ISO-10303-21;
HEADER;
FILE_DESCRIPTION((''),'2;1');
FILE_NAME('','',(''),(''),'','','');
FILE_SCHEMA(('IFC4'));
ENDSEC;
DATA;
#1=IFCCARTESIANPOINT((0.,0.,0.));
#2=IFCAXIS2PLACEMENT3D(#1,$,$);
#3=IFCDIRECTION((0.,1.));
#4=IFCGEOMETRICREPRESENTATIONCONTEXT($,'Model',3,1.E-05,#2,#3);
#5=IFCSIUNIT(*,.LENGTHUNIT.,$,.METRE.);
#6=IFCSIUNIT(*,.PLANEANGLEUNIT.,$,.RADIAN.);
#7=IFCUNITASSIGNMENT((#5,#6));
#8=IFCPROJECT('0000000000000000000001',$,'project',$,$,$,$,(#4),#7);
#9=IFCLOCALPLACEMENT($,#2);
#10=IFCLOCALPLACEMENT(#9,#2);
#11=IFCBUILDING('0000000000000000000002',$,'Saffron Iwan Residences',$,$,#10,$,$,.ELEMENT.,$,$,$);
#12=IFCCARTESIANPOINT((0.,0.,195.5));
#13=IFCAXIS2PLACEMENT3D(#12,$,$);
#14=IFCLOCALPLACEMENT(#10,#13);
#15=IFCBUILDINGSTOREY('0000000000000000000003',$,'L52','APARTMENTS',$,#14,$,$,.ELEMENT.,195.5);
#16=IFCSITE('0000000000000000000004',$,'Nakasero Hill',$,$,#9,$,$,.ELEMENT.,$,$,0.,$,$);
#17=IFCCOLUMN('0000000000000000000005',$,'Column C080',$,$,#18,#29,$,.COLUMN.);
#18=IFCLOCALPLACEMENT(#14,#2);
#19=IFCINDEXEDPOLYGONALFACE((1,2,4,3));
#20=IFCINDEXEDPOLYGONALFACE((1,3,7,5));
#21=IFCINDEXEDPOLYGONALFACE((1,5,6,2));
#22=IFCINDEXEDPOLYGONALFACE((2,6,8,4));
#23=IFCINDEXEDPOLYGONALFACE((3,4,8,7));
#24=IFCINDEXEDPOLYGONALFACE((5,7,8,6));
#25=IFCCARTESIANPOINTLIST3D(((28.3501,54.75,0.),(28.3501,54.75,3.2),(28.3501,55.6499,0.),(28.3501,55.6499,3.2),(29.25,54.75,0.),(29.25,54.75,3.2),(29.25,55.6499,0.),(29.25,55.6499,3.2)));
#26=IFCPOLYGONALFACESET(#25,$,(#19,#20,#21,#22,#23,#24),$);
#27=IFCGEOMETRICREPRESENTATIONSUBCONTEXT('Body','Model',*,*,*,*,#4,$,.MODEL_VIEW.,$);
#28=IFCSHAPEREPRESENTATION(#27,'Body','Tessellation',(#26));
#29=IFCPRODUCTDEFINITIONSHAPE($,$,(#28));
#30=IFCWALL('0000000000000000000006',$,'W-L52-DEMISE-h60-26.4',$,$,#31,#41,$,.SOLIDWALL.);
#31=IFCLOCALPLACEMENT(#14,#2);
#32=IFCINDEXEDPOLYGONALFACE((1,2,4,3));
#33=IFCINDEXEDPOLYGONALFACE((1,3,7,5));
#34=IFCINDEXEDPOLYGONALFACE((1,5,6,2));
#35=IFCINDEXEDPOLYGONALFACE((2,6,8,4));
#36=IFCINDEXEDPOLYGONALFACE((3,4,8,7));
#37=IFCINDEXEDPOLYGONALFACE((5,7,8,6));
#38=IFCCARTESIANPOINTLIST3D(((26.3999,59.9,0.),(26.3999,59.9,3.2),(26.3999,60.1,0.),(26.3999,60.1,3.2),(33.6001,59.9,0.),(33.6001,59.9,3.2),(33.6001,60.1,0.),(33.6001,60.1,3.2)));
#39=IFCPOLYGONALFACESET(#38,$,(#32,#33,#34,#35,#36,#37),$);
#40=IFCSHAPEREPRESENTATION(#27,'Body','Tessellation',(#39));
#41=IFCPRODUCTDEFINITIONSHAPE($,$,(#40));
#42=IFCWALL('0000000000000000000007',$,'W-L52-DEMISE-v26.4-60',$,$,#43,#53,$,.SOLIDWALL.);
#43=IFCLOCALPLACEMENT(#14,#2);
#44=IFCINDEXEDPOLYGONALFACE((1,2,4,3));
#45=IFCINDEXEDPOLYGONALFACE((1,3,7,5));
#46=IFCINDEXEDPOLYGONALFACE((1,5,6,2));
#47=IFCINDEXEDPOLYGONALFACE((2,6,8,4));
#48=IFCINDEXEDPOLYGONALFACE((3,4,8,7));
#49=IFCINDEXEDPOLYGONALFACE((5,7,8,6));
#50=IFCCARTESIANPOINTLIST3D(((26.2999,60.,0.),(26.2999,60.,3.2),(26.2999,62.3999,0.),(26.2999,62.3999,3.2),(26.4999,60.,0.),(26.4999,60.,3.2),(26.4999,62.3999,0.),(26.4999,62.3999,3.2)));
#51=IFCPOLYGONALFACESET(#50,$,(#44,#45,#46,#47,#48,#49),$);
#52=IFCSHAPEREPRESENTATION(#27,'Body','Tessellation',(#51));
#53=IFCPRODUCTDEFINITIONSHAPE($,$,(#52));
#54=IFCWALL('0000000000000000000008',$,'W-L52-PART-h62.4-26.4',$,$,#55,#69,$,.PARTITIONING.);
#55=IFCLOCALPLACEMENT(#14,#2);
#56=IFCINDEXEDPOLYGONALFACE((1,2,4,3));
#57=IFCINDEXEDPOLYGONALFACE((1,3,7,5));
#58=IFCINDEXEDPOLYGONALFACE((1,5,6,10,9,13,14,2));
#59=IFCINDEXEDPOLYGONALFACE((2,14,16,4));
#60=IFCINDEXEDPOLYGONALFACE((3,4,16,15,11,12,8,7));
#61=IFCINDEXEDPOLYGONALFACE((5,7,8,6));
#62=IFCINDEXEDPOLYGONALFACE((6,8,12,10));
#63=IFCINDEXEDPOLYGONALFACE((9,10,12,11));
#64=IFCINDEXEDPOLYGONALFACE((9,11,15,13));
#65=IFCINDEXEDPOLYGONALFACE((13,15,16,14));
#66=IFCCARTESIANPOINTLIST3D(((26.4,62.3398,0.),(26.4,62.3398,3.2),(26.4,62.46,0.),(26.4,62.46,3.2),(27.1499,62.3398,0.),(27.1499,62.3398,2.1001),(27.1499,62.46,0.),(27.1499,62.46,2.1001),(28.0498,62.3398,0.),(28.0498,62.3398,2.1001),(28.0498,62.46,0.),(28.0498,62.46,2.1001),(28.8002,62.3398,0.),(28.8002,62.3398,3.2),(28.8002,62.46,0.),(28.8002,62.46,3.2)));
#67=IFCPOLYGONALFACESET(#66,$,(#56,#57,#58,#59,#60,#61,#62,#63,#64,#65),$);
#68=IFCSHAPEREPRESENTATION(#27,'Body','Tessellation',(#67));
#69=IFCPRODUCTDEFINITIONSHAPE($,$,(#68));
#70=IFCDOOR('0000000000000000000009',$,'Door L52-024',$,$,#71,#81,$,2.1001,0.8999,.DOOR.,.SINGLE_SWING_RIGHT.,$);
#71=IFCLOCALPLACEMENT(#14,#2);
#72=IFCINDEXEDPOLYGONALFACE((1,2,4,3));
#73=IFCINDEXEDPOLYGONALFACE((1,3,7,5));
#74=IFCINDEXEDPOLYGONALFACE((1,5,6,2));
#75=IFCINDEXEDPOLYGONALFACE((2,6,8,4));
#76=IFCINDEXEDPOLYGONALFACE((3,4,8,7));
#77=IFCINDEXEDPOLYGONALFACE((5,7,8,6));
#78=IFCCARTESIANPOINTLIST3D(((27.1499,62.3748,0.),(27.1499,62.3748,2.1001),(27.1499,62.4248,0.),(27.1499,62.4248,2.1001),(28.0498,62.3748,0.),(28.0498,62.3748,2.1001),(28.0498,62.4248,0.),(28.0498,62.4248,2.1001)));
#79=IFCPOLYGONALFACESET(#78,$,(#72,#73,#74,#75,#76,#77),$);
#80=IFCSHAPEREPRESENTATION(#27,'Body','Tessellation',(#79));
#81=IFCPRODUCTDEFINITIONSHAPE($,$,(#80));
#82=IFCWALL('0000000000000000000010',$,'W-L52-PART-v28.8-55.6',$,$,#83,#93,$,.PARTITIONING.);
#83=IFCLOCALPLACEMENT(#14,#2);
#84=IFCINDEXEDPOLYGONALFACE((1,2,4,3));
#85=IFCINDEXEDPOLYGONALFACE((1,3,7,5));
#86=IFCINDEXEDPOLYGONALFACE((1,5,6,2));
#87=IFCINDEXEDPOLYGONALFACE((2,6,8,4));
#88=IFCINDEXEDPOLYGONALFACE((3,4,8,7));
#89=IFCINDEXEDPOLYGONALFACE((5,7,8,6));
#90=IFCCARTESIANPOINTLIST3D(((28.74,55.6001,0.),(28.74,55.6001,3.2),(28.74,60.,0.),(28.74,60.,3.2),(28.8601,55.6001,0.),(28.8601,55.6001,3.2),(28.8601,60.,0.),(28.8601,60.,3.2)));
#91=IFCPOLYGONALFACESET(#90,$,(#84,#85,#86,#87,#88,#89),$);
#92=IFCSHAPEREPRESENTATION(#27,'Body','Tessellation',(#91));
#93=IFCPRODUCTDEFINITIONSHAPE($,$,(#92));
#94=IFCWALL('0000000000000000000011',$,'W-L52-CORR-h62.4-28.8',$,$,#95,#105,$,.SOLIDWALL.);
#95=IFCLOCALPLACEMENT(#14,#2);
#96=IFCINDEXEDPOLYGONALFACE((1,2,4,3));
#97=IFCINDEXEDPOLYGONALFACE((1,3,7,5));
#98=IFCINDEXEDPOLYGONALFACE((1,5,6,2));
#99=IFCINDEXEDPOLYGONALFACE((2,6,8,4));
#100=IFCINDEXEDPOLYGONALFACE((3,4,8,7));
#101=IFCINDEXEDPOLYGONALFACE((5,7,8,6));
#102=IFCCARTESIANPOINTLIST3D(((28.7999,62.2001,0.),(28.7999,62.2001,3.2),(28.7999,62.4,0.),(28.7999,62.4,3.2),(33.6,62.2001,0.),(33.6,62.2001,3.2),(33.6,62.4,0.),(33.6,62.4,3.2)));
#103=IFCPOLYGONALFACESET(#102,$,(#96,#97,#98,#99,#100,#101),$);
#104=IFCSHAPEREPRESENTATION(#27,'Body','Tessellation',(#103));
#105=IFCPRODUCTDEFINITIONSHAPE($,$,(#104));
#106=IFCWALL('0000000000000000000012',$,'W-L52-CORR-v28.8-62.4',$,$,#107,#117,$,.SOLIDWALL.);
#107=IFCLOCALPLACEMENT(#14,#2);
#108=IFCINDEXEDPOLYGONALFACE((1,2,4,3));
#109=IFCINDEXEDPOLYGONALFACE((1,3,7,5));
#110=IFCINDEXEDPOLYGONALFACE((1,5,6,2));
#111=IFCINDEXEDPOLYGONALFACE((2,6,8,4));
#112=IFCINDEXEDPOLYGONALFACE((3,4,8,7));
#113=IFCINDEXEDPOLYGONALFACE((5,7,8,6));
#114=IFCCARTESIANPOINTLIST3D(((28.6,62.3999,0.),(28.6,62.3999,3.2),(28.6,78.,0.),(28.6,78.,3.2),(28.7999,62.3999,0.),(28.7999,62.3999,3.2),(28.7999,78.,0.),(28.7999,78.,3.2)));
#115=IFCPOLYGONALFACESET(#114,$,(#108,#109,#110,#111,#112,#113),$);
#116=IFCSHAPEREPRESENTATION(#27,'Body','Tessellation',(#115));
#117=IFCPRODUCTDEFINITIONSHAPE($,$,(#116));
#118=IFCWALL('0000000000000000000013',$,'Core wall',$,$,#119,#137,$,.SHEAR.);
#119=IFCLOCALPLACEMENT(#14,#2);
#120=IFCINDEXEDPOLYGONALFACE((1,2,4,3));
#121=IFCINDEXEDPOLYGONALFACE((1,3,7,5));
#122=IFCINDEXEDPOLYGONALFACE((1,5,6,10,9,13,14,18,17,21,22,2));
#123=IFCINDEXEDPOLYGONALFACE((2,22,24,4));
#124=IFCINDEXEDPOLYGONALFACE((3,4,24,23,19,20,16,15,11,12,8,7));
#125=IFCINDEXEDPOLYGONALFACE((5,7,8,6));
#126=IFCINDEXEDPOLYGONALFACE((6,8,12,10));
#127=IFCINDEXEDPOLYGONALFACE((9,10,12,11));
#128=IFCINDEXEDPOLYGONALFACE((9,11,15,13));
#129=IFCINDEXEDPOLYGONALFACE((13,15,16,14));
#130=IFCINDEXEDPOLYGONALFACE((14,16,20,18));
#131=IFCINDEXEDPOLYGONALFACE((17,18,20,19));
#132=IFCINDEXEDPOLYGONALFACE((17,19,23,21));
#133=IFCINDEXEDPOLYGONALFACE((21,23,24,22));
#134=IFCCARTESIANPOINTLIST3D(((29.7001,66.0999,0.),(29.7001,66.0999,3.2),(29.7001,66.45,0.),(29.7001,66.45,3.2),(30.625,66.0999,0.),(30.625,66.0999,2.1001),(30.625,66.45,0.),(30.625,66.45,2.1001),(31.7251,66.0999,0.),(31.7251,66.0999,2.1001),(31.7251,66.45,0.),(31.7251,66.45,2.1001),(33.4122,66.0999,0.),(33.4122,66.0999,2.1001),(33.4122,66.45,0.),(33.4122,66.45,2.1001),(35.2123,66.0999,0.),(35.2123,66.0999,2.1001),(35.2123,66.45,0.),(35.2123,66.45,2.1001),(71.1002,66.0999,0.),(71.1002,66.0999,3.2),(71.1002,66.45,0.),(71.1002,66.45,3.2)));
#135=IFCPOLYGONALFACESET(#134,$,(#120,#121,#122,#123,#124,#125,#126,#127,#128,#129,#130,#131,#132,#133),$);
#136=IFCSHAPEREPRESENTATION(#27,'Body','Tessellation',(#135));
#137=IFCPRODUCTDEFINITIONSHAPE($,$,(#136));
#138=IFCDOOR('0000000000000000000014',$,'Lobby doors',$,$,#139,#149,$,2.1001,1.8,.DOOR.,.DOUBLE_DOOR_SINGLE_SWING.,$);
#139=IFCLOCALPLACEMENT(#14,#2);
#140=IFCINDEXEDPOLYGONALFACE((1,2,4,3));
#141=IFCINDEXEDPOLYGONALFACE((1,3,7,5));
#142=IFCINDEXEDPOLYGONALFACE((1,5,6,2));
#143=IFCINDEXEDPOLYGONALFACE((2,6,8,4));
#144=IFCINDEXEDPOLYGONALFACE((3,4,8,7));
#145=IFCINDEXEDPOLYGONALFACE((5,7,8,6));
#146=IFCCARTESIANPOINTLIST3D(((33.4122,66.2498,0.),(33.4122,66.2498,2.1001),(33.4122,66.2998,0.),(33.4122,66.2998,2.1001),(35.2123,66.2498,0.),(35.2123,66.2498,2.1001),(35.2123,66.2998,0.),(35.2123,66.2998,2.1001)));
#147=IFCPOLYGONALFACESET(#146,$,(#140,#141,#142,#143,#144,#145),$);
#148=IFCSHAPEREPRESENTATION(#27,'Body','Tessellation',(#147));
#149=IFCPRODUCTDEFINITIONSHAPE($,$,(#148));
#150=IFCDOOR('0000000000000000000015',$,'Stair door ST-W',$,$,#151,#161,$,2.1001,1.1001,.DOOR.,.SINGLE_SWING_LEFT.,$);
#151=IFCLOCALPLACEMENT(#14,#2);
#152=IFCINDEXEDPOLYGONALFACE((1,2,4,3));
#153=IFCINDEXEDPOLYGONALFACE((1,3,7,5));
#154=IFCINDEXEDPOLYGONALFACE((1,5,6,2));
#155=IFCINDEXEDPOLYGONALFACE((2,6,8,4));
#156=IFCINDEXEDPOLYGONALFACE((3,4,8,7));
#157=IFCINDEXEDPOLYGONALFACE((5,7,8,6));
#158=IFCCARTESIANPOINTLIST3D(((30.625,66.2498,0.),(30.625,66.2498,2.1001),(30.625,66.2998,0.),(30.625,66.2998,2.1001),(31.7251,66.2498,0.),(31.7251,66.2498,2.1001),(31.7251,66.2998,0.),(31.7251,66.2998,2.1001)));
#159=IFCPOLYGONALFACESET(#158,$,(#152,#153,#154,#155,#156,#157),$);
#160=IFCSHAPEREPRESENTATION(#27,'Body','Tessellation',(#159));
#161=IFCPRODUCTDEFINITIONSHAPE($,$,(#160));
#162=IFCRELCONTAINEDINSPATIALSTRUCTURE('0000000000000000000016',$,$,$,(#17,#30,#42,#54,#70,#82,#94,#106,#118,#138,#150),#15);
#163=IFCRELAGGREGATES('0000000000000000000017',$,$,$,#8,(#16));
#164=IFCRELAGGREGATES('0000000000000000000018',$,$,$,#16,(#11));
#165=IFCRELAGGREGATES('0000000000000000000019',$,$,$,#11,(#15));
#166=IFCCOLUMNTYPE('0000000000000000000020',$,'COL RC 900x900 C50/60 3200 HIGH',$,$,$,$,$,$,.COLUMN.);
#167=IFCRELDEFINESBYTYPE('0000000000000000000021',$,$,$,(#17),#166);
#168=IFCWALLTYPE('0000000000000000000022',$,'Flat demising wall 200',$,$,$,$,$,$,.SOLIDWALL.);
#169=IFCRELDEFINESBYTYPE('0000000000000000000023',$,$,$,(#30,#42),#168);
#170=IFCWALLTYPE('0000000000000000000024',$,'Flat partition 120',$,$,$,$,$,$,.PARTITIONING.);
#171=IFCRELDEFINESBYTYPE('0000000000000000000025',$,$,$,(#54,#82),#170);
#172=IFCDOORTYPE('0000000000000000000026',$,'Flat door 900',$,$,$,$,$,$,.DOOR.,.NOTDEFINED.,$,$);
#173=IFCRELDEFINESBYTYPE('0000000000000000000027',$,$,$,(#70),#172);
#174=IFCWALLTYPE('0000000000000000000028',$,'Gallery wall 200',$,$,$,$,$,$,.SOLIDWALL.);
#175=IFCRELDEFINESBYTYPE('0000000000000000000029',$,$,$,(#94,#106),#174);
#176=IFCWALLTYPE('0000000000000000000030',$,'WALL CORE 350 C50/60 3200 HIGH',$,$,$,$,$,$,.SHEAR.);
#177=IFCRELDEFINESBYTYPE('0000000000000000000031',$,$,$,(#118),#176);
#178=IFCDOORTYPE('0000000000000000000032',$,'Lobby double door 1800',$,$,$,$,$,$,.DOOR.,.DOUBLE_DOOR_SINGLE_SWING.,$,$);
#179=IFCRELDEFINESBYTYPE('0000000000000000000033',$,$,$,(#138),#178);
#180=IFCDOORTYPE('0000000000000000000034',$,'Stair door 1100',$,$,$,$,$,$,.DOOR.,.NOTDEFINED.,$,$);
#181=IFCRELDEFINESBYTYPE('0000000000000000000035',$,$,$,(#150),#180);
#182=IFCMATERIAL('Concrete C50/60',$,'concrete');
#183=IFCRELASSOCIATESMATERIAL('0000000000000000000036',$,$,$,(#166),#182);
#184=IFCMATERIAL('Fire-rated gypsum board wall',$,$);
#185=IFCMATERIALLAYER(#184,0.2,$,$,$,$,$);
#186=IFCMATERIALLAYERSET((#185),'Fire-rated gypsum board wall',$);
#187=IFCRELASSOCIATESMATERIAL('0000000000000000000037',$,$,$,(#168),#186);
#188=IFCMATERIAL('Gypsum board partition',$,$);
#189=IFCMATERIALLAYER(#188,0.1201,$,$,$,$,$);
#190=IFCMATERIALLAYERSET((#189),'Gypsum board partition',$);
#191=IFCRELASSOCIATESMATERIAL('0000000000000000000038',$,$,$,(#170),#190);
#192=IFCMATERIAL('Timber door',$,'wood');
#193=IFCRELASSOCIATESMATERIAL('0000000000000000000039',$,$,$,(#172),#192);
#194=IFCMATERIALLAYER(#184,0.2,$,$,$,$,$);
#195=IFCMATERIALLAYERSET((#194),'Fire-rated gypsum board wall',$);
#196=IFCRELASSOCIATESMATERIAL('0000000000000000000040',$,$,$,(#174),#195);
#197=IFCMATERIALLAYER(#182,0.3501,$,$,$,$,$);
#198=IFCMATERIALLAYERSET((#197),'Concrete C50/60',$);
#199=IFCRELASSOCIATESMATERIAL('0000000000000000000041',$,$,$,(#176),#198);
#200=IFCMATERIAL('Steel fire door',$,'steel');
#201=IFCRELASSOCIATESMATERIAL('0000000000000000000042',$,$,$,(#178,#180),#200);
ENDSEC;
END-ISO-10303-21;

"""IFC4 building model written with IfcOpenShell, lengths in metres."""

from ifc_helpers import new_model, si_unit, direction, frame, frame_2d, origin, origin_2d, place, context, subcontext, project, spatial, rectangle, extrude, source, transform, mapped, material, layer, layer_set, material_profile, profile_set, type_object, element, fill, save


model = new_model("IFC4")

# Units and contexts
model_context = context("Model", 3, precision=1e-05, world=origin(), true_north=direction((0.0, 1.0)))
body_context = subcontext(model_context, "Body", "Model", "MODEL_VIEW")
ifc_project = project(units=[si_unit("LENGTHUNIT", "METRE"), si_unit("PLANEANGLEUNIT", "RADIAN")], contexts=[model_context])

# Site, building, storey
site_placement = place(None, origin())
site = spatial("IfcSite", under=ifc_project, at=site_placement, Name="Nakasero Hill", CompositionType="ELEMENT", RefElevation=0.0)
building_placement = place(site_placement, origin())
building = spatial("IfcBuilding", under=site, at=building_placement, Name="Saffron Iwan Residences", CompositionType="ELEMENT")
storey_placement = place(building_placement, frame((0.0, 0.0, 195.5)))
storey = spatial("IfcBuildingStorey", under=building, at=storey_placement, Name="L52", Description="APARTMENTS", CompositionType="ELEMENT", Elevation=195.5)

# Column
ifc_material_1 = material(Name="Concrete C50/60", Category="concrete")
ifc_material_profile = material_profile(ifc_material_1, rectangle(XDim=0.8999, YDim=0.8999, at=origin_2d()), Name="RC 900x900")
ifc_profile_set = profile_set([ifc_material_profile], Name="Concrete C50/60")
column_type = type_object("IfcColumnType", Name="COL RC 900x900 C50/60 3200 HIGH", PredefinedType="COLUMN", material=ifc_profile_set)
shared_shape = source(origin(), body_context, "Body", "SweptSolid", [
    extrude(rectangle(XDim=0.8999, YDim=0.8999, at=origin_2d()), origin(), (0.0, 0.0, 1.0), 3.2),
])
column_placement = place(storey_placement, frame((28.8, 55.2, 0.0), z_axis=(0.0, 0.0, 1.0), x_axis=(1.0, 0.0, 0.0)))
element("IfcColumn", 1, at=column_placement, inside=storey, type_object=column_type, Name="Column C080", PredefinedType="COLUMN", context=body_context, shape_type="MappedRepresentation", body=[
    mapped(shared_shape, transform((0.0, 0.0, 0.0))),
])

# Walls
ifc_material_2 = material(Name="Fire-rated gypsum board wall")
ifc_layer_1 = layer(ifc_material_2, 0.2)
ifc_layer_set_1 = layer_set([ifc_layer_1], Name="Fire-rated gypsum board wall")
wall_type_1 = type_object("IfcWallType", Name="Flat demising wall 200", PredefinedType="SOLIDWALL", material=ifc_layer_set_1)
wall_1_placement = place(storey_placement, frame((26.3999, 60.0, 0.0), z_axis=(0.0, 0.0, 1.0), x_axis=(1.0, 0.0, 0.0)))
element("IfcWall", 2, at=wall_1_placement, inside=storey, type_object=wall_type_1, Name="W-L52-DEMISE-h60-26.4", PredefinedType="SOLIDWALL", context=body_context, shape_type="SweptSolid", body=[
    extrude(rectangle(XDim=7.2002, YDim=0.2, at=frame_2d((3.6001, 0.0))), origin(), (0.0, 0.0, 1.0), 3.2),
])
wall_2_placement = place(storey_placement, frame((26.3999, 60.0, 0.0), z_axis=(0.0, 0.0, 1.0), x_axis=(0.0, 1.0, 0.0)))
element("IfcWall", 3, at=wall_2_placement, inside=storey, type_object=wall_type_1, Name="W-L52-DEMISE-v26.4-60", PredefinedType="SOLIDWALL", context=body_context, shape_type="SweptSolid", body=[
    extrude(rectangle(XDim=2.3999, YDim=0.2, at=frame_2d((1.2, 0.0))), origin(), (0.0, 0.0, 1.0), 3.2),
])

# Wall, opening, door
ifc_material_3 = material(Name="Gypsum board partition")
ifc_layer_2 = layer(ifc_material_3, 0.1201)
ifc_layer_set_2 = layer_set([ifc_layer_2], Name="Gypsum board partition")
wall_type_2 = type_object("IfcWallType", Name="Flat partition 120", PredefinedType="PARTITIONING", material=ifc_layer_set_2)
wall_3_placement = place(storey_placement, frame((26.3999, 62.3999, 0.0), z_axis=(0.0, 0.0, 1.0), x_axis=(1.0, 0.0, 0.0)))
wall_3 = element("IfcWall", 4, at=wall_3_placement, inside=storey, type_object=wall_type_2, Name="W-L52-PART-h62.4-26.4", PredefinedType="PARTITIONING", context=body_context, shape_type="SweptSolid", body=[
    extrude(rectangle(XDim=2.4001, YDim=0.1201, at=frame_2d((1.2002, 0.0))), origin(), (0.0, 0.0, 1.0), 3.2),
])
opening_1_placement = place(wall_3_placement, frame((0.75, 0.0, 0.0)))
opening_1 = element("IfcOpeningElement", 5, at=opening_1_placement, cuts=wall_3, PredefinedType="OPENING", context=body_context, shape_type="SweptSolid", body=[
    extrude(rectangle(XDim=0.8999, YDim=2.1001, at=frame_2d((0.45, 1.05))), frame((0.0, 0.0701, 0.0), z_axis=(0.0, -1.0, 0.0), x_axis=(1.0, 0.0, 0.0)), (0.0, 0.0, 1.0), 0.1401),
])
ifc_material_4 = material(Name="Timber door", Category="wood")
door_type_1 = type_object("IfcDoorType", Name="Flat door 900", OperationType="NOTDEFINED", PredefinedType="DOOR", material=ifc_material_4)
door_1_placement = place(opening_1_placement, origin())
door_1 = element("IfcDoor", 6, at=door_1_placement, inside=storey, type_object=door_type_1, Name="Door L52-024", OperationType="SINGLE_SWING_RIGHT", OverallHeight=2.1001, OverallWidth=0.8999, PredefinedType="DOOR", context=body_context, shape_type="SweptSolid", body=[
    extrude(rectangle(XDim=0.8999, YDim=2.1001, at=frame_2d((0.45, 1.05))), frame((0.0, 0.0249, 0.0), z_axis=(0.0, -1.0, 0.0), x_axis=(1.0, 0.0, 0.0)), (0.0, 0.0, 1.0), 0.05),
])
fill(opening_1, door_1)

# Walls
wall_4_placement = place(storey_placement, frame((28.8, 55.6001, 0.0), z_axis=(0.0, 0.0, 1.0), x_axis=(0.0, 1.0, 0.0)))
element("IfcWall", 7, at=wall_4_placement, inside=storey, type_object=wall_type_2, Name="W-L52-PART-v28.8-55.6", PredefinedType="PARTITIONING", context=body_context, shape_type="SweptSolid", body=[
    extrude(rectangle(XDim=4.3999, YDim=0.1201, at=frame_2d((2.2, 0.0))), origin(), (0.0, 0.0, 1.0), 3.2),
])
ifc_layer_3 = layer(ifc_material_2, 0.2)
ifc_layer_set_3 = layer_set([ifc_layer_3], Name="Fire-rated gypsum board wall")
wall_type_3 = type_object("IfcWallType", Name="Gallery wall 200", PredefinedType="SOLIDWALL", material=ifc_layer_set_3)
wall_5_placement = place(storey_placement, frame((28.8, 62.3, 0.0), z_axis=(0.0, 0.0, 1.0), x_axis=(1.0, 0.0, 0.0)))
element("IfcWall", 8, at=wall_5_placement, inside=storey, type_object=wall_type_3, Name="W-L52-CORR-h62.4-28.8", PredefinedType="SOLIDWALL", context=body_context, shape_type="SweptSolid", body=[
    extrude(rectangle(XDim=4.8, YDim=0.2, at=frame_2d((2.3999, 0.0))), origin(), (0.0, 0.0, 1.0), 3.2),
])
wall_6_placement = place(storey_placement, frame((28.7, 62.3999, 0.0), z_axis=(0.0, 0.0, 1.0), x_axis=(0.0, 1.0, 0.0)))
element("IfcWall", 9, at=wall_6_placement, inside=storey, type_object=wall_type_3, Name="W-L52-CORR-v28.8-62.4", PredefinedType="SOLIDWALL", context=body_context, shape_type="SweptSolid", body=[
    extrude(rectangle(XDim=15.6001, YDim=0.2, at=frame_2d((7.8, 0.0))), origin(), (0.0, 0.0, 1.0), 3.2),
])

# Wall, openings, doors
ifc_layer_4 = layer(ifc_material_1, 0.3501)
ifc_layer_set_4 = layer_set([ifc_layer_4], Name="Concrete C50/60")
wall_type_4 = type_object("IfcWallType", Name="WALL CORE 350 C50/60 3200 HIGH", PredefinedType="SHEAR", material=ifc_layer_set_4)
wall_7_placement = place(storey_placement, frame((29.7, 66.2749, 0.0), z_axis=(0.0, 0.0, 1.0), x_axis=(1.0, 0.0, 0.0)))
wall_7 = element("IfcWall", 10, at=wall_7_placement, inside=storey, type_object=wall_type_4, Name="Core wall", PredefinedType="SHEAR", context=body_context, shape_type="SweptSolid", body=[
    extrude(rectangle(XDim=41.4001, YDim=0.3501, at=frame_2d((20.7002, 0.0))), origin(), (0.0, 0.0, 1.0), 3.2),
])
opening_2_placement = place(wall_7_placement, frame((0.925, 0.0, 0.0)))
opening_2 = element("IfcOpeningElement", 11, at=opening_2_placement, cuts=wall_7, PredefinedType="OPENING", context=body_context, shape_type="SweptSolid", body=[
    extrude(rectangle(XDim=1.1001, YDim=2.1001, at=frame_2d((0.55, 1.05))), frame((0.0, 0.1851, 0.0), z_axis=(0.0, -1.0, 0.0), x_axis=(1.0, 0.0, 0.0)), (0.0, 0.0, 1.0), 0.3701),
])
opening_3_placement = place(wall_7_placement, frame((3.7124, 0.0, 0.0)))
opening_3 = element("IfcOpeningElement", 12, at=opening_3_placement, cuts=wall_7, PredefinedType="OPENING", context=body_context, shape_type="SweptSolid", body=[
    extrude(rectangle(XDim=1.8, YDim=2.1001, at=frame_2d((0.8999, 1.05))), frame((0.0, 0.1851, 0.0), z_axis=(0.0, -1.0, 0.0), x_axis=(1.0, 0.0, 0.0)), (0.0, 0.0, 1.0), 0.3701),
])
ifc_material_5 = material(Name="Steel fire door", Category="steel")
door_type_2 = type_object("IfcDoorType", Name="Lobby double door 1800", OperationType="DOUBLE_DOOR_SINGLE_SWING", PredefinedType="DOOR", material=ifc_material_5)
door_2_placement = place(opening_3_placement, origin())
door_2 = element("IfcDoor", 13, at=door_2_placement, inside=storey, type_object=door_type_2, Name="Lobby doors", OperationType="DOUBLE_DOOR_SINGLE_SWING", OverallHeight=2.1001, OverallWidth=1.8, PredefinedType="DOOR", context=body_context, shape_type="SweptSolid", body=[
    extrude(rectangle(XDim=1.8, YDim=2.1001, at=frame_2d((0.8999, 1.05))), frame((0.0, 0.0249, 0.0), z_axis=(0.0, -1.0, 0.0), x_axis=(1.0, 0.0, 0.0)), (0.0, 0.0, 1.0), 0.05),
])
fill(opening_3, door_2)
door_type_3 = type_object("IfcDoorType", Name="Stair door 1100", OperationType="NOTDEFINED", PredefinedType="DOOR", material=ifc_material_5)
door_3_placement = place(opening_2_placement, origin())
door_3 = element("IfcDoor", 14, at=door_3_placement, inside=storey, type_object=door_type_3, Name="Stair door ST-W", OperationType="SINGLE_SWING_LEFT", OverallHeight=2.1001, OverallWidth=1.1001, PredefinedType="DOOR", context=body_context, shape_type="SweptSolid", body=[
    extrude(rectangle(XDim=1.1001, YDim=2.1001, at=frame_2d((0.55, 1.05))), frame((0.0, 0.0249, 0.0), z_axis=(0.0, -1.0, 0.0), x_axis=(1.0, 0.0, 0.0)), (0.0, 0.0, 1.0), 0.05),
])
fill(opening_2, door_3)

save(model, "model.ifc")
